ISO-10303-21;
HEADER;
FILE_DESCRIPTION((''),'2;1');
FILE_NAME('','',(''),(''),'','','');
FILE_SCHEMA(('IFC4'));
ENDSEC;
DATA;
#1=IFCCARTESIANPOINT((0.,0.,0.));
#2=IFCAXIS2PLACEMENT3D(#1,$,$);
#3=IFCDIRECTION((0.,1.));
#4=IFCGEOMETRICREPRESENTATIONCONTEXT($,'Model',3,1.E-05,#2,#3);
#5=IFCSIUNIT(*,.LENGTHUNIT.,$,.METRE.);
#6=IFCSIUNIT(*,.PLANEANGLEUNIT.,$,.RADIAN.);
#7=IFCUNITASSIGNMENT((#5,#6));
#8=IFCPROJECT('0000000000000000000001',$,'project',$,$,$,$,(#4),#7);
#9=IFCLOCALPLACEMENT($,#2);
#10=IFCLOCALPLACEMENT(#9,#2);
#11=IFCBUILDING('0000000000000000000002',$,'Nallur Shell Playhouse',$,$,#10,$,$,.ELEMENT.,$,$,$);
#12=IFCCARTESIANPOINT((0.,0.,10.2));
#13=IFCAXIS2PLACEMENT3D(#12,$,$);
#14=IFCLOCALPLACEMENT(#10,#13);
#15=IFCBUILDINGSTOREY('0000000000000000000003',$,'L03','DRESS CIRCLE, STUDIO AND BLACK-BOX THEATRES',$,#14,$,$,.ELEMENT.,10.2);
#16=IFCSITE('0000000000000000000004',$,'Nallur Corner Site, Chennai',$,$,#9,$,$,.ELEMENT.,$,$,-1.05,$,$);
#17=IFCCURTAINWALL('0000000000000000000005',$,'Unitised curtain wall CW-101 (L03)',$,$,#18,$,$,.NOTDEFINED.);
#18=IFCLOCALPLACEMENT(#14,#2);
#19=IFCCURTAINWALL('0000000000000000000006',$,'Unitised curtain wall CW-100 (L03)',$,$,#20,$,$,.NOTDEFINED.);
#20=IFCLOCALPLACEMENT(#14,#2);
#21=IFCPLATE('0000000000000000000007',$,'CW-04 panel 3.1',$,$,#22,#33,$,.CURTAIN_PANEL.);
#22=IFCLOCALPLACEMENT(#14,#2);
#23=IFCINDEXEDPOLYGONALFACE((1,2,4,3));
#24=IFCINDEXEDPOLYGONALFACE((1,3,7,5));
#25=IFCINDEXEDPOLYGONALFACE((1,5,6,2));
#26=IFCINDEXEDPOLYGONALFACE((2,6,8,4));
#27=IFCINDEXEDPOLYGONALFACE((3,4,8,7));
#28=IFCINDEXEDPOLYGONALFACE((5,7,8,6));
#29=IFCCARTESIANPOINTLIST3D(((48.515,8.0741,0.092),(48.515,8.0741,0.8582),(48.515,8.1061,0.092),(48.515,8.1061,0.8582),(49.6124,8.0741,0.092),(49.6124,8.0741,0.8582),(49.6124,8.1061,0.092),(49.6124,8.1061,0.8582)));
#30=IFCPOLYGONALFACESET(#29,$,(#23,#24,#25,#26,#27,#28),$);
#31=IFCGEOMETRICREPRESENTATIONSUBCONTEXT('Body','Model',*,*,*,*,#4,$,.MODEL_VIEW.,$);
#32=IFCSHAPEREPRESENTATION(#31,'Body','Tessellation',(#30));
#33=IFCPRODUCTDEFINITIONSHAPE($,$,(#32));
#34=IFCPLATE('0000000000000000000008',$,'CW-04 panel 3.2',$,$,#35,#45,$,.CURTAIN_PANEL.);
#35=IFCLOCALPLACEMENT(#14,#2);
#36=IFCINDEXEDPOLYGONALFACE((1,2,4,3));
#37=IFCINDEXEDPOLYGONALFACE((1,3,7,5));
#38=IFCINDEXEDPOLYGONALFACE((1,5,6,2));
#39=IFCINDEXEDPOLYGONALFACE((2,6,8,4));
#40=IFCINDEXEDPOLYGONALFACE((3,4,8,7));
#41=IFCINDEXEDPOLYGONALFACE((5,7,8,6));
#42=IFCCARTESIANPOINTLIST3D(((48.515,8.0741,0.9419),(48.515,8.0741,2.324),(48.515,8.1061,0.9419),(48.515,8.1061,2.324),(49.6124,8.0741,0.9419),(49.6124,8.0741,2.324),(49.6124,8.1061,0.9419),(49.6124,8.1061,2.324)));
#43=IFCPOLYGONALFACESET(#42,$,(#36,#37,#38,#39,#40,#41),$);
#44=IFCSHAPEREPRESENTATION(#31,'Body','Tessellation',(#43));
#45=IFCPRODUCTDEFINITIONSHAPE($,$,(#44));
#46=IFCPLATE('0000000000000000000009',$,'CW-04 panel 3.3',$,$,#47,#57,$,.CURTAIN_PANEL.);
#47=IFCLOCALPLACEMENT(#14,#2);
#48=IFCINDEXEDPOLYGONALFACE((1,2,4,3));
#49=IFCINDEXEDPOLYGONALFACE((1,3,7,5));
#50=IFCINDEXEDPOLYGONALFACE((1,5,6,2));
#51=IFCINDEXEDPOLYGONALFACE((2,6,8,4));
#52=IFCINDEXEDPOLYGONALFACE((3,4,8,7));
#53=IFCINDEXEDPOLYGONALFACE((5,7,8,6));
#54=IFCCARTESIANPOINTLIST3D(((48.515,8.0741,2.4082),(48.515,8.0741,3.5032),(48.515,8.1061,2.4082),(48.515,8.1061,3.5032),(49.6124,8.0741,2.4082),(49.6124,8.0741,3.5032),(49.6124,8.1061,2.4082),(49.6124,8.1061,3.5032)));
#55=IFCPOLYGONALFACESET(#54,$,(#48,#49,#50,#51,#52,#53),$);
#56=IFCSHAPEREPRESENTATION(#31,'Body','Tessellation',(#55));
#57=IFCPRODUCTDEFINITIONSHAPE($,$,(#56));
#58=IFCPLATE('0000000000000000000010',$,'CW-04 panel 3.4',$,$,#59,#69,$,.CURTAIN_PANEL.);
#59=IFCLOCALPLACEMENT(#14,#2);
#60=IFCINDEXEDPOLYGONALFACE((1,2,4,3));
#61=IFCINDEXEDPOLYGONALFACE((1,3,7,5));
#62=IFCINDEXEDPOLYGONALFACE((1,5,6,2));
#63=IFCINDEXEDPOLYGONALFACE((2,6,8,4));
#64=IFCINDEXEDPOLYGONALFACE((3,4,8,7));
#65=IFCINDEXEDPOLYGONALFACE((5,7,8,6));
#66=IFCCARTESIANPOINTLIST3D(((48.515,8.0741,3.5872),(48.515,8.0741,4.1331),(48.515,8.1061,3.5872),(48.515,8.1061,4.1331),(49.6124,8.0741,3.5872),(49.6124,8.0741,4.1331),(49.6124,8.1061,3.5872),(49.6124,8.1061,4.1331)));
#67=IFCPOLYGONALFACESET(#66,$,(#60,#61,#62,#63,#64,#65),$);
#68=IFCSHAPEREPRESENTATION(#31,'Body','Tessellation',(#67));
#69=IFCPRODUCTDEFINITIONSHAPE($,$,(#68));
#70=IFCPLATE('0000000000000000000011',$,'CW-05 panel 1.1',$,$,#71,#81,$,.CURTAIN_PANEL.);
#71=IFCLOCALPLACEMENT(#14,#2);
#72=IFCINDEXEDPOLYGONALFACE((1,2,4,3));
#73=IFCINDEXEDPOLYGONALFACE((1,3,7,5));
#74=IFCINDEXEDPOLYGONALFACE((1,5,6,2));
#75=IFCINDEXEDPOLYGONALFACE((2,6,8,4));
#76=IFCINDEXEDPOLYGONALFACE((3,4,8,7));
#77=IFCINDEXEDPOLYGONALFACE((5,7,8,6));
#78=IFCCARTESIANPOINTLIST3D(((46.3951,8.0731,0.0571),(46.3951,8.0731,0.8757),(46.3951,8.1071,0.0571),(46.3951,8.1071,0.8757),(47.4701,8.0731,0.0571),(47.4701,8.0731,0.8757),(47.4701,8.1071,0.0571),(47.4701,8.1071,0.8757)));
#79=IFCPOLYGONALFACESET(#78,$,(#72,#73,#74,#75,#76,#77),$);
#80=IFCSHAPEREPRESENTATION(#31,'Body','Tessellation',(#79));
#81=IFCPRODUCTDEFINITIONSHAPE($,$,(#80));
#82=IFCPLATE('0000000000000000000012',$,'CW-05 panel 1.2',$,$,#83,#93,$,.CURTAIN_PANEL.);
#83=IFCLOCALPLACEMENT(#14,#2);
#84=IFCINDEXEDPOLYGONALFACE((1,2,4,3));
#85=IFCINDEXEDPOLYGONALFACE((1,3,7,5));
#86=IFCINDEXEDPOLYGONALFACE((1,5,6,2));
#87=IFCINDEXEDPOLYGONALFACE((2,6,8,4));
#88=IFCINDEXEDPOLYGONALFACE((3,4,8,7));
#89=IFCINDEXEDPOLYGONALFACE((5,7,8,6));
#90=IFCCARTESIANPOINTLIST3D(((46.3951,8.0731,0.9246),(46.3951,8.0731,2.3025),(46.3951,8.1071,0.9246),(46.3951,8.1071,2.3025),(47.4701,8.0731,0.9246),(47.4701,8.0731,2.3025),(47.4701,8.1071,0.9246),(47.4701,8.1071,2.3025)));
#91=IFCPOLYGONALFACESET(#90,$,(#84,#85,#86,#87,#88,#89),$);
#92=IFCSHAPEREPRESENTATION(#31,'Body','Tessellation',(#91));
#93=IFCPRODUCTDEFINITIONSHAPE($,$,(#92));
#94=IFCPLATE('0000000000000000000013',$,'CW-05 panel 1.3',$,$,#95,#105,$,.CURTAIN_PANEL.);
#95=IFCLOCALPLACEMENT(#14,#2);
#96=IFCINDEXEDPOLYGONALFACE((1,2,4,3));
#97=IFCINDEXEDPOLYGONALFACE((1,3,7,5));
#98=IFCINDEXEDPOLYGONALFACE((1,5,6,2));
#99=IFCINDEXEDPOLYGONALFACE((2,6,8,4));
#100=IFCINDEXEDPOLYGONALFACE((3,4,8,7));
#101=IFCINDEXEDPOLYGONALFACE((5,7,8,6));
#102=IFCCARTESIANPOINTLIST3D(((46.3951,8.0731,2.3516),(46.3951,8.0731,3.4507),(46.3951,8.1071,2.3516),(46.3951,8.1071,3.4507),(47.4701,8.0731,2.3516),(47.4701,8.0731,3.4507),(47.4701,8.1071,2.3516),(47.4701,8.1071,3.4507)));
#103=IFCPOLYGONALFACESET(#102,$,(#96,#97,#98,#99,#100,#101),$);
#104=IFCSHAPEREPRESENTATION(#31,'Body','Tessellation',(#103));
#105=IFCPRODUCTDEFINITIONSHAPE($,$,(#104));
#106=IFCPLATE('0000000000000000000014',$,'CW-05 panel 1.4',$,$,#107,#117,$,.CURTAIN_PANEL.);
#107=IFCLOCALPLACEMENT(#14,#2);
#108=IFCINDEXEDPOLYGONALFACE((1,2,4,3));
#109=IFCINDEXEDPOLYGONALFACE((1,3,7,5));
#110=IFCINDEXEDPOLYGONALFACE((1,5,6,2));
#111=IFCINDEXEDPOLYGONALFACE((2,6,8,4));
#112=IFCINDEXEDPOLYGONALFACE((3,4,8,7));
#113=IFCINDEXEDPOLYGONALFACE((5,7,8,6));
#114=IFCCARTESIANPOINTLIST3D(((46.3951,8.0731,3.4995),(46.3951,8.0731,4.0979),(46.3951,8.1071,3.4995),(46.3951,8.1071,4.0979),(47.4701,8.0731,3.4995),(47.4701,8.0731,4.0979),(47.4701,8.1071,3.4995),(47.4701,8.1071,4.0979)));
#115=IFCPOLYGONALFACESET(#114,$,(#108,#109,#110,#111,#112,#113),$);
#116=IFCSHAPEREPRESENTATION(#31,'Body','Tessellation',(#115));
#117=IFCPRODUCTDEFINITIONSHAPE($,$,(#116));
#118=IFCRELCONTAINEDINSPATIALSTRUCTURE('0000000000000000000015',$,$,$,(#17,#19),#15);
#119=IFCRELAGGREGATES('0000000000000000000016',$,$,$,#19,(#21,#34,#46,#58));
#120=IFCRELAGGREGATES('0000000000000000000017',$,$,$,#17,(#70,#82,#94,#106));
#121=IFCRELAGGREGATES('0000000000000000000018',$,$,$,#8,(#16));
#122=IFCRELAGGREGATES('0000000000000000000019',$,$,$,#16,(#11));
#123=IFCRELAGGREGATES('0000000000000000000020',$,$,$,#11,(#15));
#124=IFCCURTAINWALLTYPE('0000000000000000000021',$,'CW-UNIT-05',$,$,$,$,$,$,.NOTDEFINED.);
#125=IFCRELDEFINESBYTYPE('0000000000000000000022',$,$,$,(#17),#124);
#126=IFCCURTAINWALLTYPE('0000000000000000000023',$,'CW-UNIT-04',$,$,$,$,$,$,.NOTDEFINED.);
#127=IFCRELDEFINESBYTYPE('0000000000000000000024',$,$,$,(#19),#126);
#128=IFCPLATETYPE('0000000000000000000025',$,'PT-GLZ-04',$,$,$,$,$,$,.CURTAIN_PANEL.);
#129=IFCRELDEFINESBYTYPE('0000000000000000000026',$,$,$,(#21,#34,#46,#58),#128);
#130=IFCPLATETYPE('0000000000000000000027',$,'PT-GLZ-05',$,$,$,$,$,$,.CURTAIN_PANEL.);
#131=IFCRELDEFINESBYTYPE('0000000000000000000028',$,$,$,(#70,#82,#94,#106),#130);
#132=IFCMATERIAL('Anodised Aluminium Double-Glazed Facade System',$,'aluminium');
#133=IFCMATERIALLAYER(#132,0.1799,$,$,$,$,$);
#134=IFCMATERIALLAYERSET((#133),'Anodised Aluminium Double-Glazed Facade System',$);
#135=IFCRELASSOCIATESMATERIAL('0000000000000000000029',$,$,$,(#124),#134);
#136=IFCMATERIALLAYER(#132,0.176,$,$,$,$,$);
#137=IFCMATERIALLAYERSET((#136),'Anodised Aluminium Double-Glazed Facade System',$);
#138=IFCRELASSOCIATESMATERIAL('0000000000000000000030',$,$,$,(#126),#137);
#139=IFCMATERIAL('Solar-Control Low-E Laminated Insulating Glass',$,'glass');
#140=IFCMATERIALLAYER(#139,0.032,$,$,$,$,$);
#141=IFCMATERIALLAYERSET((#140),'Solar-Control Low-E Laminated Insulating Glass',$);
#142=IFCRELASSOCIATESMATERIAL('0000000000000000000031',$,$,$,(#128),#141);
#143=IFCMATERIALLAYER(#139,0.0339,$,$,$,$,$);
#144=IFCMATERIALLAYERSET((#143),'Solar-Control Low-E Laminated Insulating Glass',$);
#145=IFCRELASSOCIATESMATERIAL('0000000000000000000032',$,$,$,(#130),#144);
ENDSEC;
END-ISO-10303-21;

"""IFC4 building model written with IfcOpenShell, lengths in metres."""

from ifc_helpers import new_model, si_unit, direction, frame, origin, origin_2d, place, context, subcontext, project, spatial, rectangle, extrude, material, layer, layer_set, type_object, element, aggregate, save


model = new_model("IFC4")

# Units and contexts
model_context = context("Model", 3, precision=1e-05, world=origin(), true_north=direction((0.0, 1.0)))
body_context = subcontext(model_context, "Body", "Model", "MODEL_VIEW")
ifc_project = project(units=[si_unit("LENGTHUNIT", "METRE"), si_unit("PLANEANGLEUNIT", "RADIAN")], contexts=[model_context])

# Site, building, storey
site_placement = place(None, origin())
site = spatial("IfcSite", under=ifc_project, at=site_placement, Name="Nallur Corner Site, Chennai", CompositionType="ELEMENT", RefElevation=-1.05)
building_placement = place(site_placement, origin())
building = spatial("IfcBuilding", under=site, at=building_placement, Name="Nallur Shell Playhouse", CompositionType="ELEMENT")
storey_placement = place(building_placement, frame((0.0, 0.0, 10.2)))
storey = spatial("IfcBuildingStorey", under=building, at=storey_placement, Name="L03", Description="DRESS CIRCLE, STUDIO AND BLACK-BOX THEATRES", CompositionType="ELEMENT", Elevation=10.2)

# Curtain walls
ifc_material_1 = material(Name="Anodised Aluminium Double-Glazed Facade System", Category="aluminium")
ifc_layer_1 = layer(ifc_material_1, 0.1799)
ifc_layer_set_1 = layer_set([ifc_layer_1], Name="Anodised Aluminium Double-Glazed Facade System")
curtain_wall_type_1 = type_object("IfcCurtainWallType", Name="CW-UNIT-05", PredefinedType="NOTDEFINED", material=ifc_layer_set_1)
curtain_wall_1_placement = place(storey_placement, origin())
curtain_wall_1 = element("IfcCurtainWall", 1, at=curtain_wall_1_placement, inside=storey, type_object=curtain_wall_type_1, Name="Unitised curtain wall CW-101 (L03)", PredefinedType="NOTDEFINED")
ifc_layer_2 = layer(ifc_material_1, 0.176)
ifc_layer_set_2 = layer_set([ifc_layer_2], Name="Anodised Aluminium Double-Glazed Facade System")
curtain_wall_type_2 = type_object("IfcCurtainWallType", Name="CW-UNIT-04", PredefinedType="NOTDEFINED", material=ifc_layer_set_2)
curtain_wall_2_placement = place(storey_placement, origin())
curtain_wall_2 = element("IfcCurtainWall", 2, at=curtain_wall_2_placement, inside=storey, type_object=curtain_wall_type_2, Name="Unitised curtain wall CW-100 (L03)", PredefinedType="NOTDEFINED")

# Plates
ifc_material_2 = material(Name="Solar-Control Low-E Laminated Insulating Glass", Category="glass")
ifc_layer_3 = layer(ifc_material_2, 0.032)
ifc_layer_set_3 = layer_set([ifc_layer_3], Name="Solar-Control Low-E Laminated Insulating Glass")
plate_type_1 = type_object("IfcPlateType", Name="PT-GLZ-04", PredefinedType="CURTAIN_PANEL", material=ifc_layer_set_3)
plate_1_placement = place(storey_placement, frame((49.0637, 8.0901, 0.092), z_axis=(0.0, 0.0, 1.0), x_axis=(-1.0, 0.0, 0.0)))
plate_1 = element("IfcPlate", 3, at=plate_1_placement, type_object=plate_type_1, Name="CW-04 panel 3.1", PredefinedType="CURTAIN_PANEL", context=body_context, shape_type="SweptSolid", body=[
    extrude(rectangle(XDim=1.0974, YDim=0.032, at=origin_2d()), origin(), (0.0, 0.0, 1.0), 0.7661),
])
plate_2_placement = place(storey_placement, frame((49.0637, 8.0901, 0.9419), z_axis=(0.0, 0.0, 1.0), x_axis=(-1.0, 0.0, 0.0)))
plate_2 = element("IfcPlate", 4, at=plate_2_placement, type_object=plate_type_1, Name="CW-04 panel 3.2", PredefinedType="CURTAIN_PANEL", context=body_context, shape_type="SweptSolid", body=[
    extrude(rectangle(XDim=1.0974, YDim=0.032, at=origin_2d()), origin(), (0.0, 0.0, 1.0), 1.3821),
])
plate_3_placement = place(storey_placement, frame((49.0637, 8.0901, 2.4082), z_axis=(0.0, 0.0, 1.0), x_axis=(-1.0, 0.0, 0.0)))
plate_3 = element("IfcPlate", 5, at=plate_3_placement, type_object=plate_type_1, Name="CW-04 panel 3.3", PredefinedType="CURTAIN_PANEL", context=body_context, shape_type="SweptSolid", body=[
    extrude(rectangle(XDim=1.0974, YDim=0.032, at=origin_2d()), origin(), (0.0, 0.0, 1.0), 1.095),
])
plate_4_placement = place(storey_placement, frame((49.0637, 8.0901, 3.5872), z_axis=(0.0, 0.0, 1.0), x_axis=(-1.0, 0.0, 0.0)))
plate_4 = element("IfcPlate", 6, at=plate_4_placement, type_object=plate_type_1, Name="CW-04 panel 3.4", PredefinedType="CURTAIN_PANEL", context=body_context, shape_type="SweptSolid", body=[
    extrude(rectangle(XDim=1.0974, YDim=0.032, at=origin_2d()), origin(), (0.0, 0.0, 1.0), 0.5459),
])
aggregate(curtain_wall_2, [plate_1, plate_2, plate_3, plate_4])
ifc_layer_4 = layer(ifc_material_2, 0.0339)
ifc_layer_set_4 = layer_set([ifc_layer_4], Name="Solar-Control Low-E Laminated Insulating Glass")
plate_type_2 = type_object("IfcPlateType", Name="PT-GLZ-05", PredefinedType="CURTAIN_PANEL", material=ifc_layer_set_4)
plate_5_placement = place(storey_placement, frame((46.9326, 8.0901, 0.0571), z_axis=(0.0, 0.0, 1.0), x_axis=(-1.0, 0.0, 0.0)))
plate_5 = element("IfcPlate", 7, at=plate_5_placement, type_object=plate_type_2, Name="CW-05 panel 1.1", PredefinedType="CURTAIN_PANEL", context=body_context, shape_type="SweptSolid", body=[
    extrude(rectangle(XDim=1.075, YDim=0.0339, at=origin_2d()), origin(), (0.0, 0.0, 1.0), 0.8186),
])
plate_6_placement = place(storey_placement, frame((46.9326, 8.0901, 0.9246), z_axis=(0.0, 0.0, 1.0), x_axis=(-1.0, 0.0, 0.0)))
plate_6 = element("IfcPlate", 8, at=plate_6_placement, type_object=plate_type_2, Name="CW-05 panel 1.2", PredefinedType="CURTAIN_PANEL", context=body_context, shape_type="SweptSolid", body=[
    extrude(rectangle(XDim=1.075, YDim=0.0339, at=origin_2d()), origin(), (0.0, 0.0, 1.0), 1.3779),
])
plate_7_placement = place(storey_placement, frame((46.9326, 8.0901, 2.3516), z_axis=(0.0, 0.0, 1.0), x_axis=(-1.0, 0.0, 0.0)))
plate_7 = element("IfcPlate", 9, at=plate_7_placement, type_object=plate_type_2, Name="CW-05 panel 1.3", PredefinedType="CURTAIN_PANEL", context=body_context, shape_type="SweptSolid", body=[
    extrude(rectangle(XDim=1.075, YDim=0.0339, at=origin_2d()), origin(), (0.0, 0.0, 1.0), 1.0991),
])
plate_8_placement = place(storey_placement, frame((46.9326, 8.0901, 3.4995), z_axis=(0.0, 0.0, 1.0), x_axis=(-1.0, 0.0, 0.0)))
plate_8 = element("IfcPlate", 10, at=plate_8_placement, type_object=plate_type_2, Name="CW-05 panel 1.4", PredefinedType="CURTAIN_PANEL", context=body_context, shape_type="SweptSolid", body=[
    extrude(rectangle(XDim=1.075, YDim=0.0339, at=origin_2d()), origin(), (0.0, 0.0, 1.0), 0.5984),
])
aggregate(curtain_wall_1, [plate_5, plate_6, plate_7, plate_8])

save(model, "model.ifc")
